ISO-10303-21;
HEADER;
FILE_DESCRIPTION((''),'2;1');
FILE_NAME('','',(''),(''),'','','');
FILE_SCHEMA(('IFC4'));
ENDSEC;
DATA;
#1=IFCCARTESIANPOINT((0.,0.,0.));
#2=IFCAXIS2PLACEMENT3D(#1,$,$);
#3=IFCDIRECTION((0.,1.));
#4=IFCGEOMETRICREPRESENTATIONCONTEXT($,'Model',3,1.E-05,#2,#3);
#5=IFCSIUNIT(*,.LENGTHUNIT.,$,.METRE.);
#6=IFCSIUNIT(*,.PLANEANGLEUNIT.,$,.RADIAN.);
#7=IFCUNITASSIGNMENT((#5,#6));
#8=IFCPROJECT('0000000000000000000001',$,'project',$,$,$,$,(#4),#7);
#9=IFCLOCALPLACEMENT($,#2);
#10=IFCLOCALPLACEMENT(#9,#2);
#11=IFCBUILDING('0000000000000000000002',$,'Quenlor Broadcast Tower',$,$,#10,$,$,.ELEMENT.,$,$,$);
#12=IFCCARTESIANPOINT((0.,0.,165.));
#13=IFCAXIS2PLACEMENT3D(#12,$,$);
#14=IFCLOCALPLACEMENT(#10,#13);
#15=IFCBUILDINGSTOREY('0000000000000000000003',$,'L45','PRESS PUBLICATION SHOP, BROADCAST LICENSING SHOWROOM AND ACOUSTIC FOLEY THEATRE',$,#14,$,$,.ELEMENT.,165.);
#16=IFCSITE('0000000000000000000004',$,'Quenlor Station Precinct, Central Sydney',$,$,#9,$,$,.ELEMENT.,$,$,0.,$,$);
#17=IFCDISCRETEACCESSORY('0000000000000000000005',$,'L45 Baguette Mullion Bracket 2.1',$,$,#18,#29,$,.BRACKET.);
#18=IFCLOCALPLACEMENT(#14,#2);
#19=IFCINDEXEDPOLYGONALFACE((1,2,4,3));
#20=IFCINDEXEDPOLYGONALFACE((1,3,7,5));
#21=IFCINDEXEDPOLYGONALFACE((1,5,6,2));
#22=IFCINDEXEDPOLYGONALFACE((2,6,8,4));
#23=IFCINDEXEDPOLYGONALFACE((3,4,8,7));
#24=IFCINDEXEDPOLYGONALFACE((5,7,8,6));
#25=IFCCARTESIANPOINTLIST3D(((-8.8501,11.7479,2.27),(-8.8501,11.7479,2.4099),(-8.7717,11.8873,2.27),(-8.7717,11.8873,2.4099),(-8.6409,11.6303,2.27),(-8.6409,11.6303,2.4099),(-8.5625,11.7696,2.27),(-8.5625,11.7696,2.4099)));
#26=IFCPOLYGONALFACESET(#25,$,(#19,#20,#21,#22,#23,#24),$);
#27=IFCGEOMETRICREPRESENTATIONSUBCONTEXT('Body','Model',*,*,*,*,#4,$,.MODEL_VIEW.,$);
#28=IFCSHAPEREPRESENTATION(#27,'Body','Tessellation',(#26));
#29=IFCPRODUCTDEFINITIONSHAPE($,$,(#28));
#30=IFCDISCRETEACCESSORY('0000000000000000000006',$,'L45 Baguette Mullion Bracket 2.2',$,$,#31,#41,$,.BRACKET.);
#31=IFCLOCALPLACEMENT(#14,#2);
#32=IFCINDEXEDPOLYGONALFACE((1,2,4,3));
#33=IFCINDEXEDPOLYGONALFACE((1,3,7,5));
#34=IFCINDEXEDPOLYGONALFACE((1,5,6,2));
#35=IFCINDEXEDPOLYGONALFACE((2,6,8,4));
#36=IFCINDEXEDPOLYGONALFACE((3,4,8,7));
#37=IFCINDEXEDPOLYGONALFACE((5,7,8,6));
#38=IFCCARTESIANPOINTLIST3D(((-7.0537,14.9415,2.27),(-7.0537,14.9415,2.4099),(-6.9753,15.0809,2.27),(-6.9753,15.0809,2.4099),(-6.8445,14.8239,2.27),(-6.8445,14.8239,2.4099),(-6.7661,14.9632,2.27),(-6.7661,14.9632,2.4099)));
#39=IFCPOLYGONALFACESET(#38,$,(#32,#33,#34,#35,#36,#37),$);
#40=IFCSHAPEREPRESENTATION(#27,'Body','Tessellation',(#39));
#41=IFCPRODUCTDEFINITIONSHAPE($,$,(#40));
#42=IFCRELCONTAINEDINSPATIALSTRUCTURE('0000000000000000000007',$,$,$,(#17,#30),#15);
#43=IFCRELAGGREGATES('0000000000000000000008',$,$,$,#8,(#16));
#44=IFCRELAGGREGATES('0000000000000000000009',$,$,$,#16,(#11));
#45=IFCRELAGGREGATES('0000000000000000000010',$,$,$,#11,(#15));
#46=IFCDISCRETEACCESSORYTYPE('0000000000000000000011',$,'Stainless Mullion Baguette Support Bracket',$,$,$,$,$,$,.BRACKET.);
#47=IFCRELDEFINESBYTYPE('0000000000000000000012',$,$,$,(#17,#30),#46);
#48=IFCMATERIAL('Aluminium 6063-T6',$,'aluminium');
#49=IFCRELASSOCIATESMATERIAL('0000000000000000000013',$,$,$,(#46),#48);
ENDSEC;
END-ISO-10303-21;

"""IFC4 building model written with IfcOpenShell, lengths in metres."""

from ifc_helpers import new_model, si_unit, direction, frame, origin, origin_2d, place, context, subcontext, project, spatial, rectangle, extrude, material, type_object, element, save


model = new_model("IFC4")

# Units and contexts
model_context = context("Model", 3, precision=1e-05, world=origin(), true_north=direction((0.0, 1.0)))
body_context = subcontext(model_context, "Body", "Model", "MODEL_VIEW")
ifc_project = project(units=[si_unit("LENGTHUNIT", "METRE"), si_unit("PLANEANGLEUNIT", "RADIAN")], contexts=[model_context])

# Site, building, storey
site_placement = place(None, origin())
site = spatial("IfcSite", under=ifc_project, at=site_placement, Name="Quenlor Station Precinct, Central Sydney", CompositionType="ELEMENT", RefElevation=0.0)
building_placement = place(site_placement, origin())
building = spatial("IfcBuilding", under=site, at=building_placement, Name="Quenlor Broadcast Tower", CompositionType="ELEMENT")
storey_placement = place(building_placement, frame((0.0, 0.0, 165.0)))
storey = spatial("IfcBuildingStorey", under=building, at=storey_placement, Name="L45", Description="PRESS PUBLICATION SHOP, BROADCAST LICENSING SHOWROOM AND ACOUSTIC FOLEY THEATRE", CompositionType="ELEMENT", Elevation=165.0)

# Discrete accessories
ifc_material_1 = material(Name="Aluminium 6063-T6", Category="aluminium")
discrete_accessory_type = type_object("IfcDiscreteAccessoryType", Name="Stainless Mullion Baguette Support Bracket", PredefinedType="BRACKET", material=ifc_material_1)
for number, where, z_axis, x_axis, name in (
    (1, (-8.7063, 11.7588, 2.27), (0.0, 0.0, 1.0), (0.49027, 0.871571, 0.0), "L45 Baguette Mullion Bracket 2.1"),
    (2, (-6.9099, 14.9524, 2.27), (0.0, 0.0, 1.0), (0.49027, 0.871571, 0.0), "L45 Baguette Mullion Bracket 2.2"),
):
    element("IfcDiscreteAccessory", number, at=place(storey_placement, frame(where, z_axis=z_axis, x_axis=x_axis)), inside=storey, type_object=discrete_accessory_type, Name=name, PredefinedType="BRACKET", context=body_context, shape_type="SweptSolid", body=[
        extrude(rectangle(XDim=0.1599, YDim=0.24, at=origin_2d()), origin(), (0.0, 0.0, 1.0), 0.1399),
    ])

save(model, "model.ifc")
